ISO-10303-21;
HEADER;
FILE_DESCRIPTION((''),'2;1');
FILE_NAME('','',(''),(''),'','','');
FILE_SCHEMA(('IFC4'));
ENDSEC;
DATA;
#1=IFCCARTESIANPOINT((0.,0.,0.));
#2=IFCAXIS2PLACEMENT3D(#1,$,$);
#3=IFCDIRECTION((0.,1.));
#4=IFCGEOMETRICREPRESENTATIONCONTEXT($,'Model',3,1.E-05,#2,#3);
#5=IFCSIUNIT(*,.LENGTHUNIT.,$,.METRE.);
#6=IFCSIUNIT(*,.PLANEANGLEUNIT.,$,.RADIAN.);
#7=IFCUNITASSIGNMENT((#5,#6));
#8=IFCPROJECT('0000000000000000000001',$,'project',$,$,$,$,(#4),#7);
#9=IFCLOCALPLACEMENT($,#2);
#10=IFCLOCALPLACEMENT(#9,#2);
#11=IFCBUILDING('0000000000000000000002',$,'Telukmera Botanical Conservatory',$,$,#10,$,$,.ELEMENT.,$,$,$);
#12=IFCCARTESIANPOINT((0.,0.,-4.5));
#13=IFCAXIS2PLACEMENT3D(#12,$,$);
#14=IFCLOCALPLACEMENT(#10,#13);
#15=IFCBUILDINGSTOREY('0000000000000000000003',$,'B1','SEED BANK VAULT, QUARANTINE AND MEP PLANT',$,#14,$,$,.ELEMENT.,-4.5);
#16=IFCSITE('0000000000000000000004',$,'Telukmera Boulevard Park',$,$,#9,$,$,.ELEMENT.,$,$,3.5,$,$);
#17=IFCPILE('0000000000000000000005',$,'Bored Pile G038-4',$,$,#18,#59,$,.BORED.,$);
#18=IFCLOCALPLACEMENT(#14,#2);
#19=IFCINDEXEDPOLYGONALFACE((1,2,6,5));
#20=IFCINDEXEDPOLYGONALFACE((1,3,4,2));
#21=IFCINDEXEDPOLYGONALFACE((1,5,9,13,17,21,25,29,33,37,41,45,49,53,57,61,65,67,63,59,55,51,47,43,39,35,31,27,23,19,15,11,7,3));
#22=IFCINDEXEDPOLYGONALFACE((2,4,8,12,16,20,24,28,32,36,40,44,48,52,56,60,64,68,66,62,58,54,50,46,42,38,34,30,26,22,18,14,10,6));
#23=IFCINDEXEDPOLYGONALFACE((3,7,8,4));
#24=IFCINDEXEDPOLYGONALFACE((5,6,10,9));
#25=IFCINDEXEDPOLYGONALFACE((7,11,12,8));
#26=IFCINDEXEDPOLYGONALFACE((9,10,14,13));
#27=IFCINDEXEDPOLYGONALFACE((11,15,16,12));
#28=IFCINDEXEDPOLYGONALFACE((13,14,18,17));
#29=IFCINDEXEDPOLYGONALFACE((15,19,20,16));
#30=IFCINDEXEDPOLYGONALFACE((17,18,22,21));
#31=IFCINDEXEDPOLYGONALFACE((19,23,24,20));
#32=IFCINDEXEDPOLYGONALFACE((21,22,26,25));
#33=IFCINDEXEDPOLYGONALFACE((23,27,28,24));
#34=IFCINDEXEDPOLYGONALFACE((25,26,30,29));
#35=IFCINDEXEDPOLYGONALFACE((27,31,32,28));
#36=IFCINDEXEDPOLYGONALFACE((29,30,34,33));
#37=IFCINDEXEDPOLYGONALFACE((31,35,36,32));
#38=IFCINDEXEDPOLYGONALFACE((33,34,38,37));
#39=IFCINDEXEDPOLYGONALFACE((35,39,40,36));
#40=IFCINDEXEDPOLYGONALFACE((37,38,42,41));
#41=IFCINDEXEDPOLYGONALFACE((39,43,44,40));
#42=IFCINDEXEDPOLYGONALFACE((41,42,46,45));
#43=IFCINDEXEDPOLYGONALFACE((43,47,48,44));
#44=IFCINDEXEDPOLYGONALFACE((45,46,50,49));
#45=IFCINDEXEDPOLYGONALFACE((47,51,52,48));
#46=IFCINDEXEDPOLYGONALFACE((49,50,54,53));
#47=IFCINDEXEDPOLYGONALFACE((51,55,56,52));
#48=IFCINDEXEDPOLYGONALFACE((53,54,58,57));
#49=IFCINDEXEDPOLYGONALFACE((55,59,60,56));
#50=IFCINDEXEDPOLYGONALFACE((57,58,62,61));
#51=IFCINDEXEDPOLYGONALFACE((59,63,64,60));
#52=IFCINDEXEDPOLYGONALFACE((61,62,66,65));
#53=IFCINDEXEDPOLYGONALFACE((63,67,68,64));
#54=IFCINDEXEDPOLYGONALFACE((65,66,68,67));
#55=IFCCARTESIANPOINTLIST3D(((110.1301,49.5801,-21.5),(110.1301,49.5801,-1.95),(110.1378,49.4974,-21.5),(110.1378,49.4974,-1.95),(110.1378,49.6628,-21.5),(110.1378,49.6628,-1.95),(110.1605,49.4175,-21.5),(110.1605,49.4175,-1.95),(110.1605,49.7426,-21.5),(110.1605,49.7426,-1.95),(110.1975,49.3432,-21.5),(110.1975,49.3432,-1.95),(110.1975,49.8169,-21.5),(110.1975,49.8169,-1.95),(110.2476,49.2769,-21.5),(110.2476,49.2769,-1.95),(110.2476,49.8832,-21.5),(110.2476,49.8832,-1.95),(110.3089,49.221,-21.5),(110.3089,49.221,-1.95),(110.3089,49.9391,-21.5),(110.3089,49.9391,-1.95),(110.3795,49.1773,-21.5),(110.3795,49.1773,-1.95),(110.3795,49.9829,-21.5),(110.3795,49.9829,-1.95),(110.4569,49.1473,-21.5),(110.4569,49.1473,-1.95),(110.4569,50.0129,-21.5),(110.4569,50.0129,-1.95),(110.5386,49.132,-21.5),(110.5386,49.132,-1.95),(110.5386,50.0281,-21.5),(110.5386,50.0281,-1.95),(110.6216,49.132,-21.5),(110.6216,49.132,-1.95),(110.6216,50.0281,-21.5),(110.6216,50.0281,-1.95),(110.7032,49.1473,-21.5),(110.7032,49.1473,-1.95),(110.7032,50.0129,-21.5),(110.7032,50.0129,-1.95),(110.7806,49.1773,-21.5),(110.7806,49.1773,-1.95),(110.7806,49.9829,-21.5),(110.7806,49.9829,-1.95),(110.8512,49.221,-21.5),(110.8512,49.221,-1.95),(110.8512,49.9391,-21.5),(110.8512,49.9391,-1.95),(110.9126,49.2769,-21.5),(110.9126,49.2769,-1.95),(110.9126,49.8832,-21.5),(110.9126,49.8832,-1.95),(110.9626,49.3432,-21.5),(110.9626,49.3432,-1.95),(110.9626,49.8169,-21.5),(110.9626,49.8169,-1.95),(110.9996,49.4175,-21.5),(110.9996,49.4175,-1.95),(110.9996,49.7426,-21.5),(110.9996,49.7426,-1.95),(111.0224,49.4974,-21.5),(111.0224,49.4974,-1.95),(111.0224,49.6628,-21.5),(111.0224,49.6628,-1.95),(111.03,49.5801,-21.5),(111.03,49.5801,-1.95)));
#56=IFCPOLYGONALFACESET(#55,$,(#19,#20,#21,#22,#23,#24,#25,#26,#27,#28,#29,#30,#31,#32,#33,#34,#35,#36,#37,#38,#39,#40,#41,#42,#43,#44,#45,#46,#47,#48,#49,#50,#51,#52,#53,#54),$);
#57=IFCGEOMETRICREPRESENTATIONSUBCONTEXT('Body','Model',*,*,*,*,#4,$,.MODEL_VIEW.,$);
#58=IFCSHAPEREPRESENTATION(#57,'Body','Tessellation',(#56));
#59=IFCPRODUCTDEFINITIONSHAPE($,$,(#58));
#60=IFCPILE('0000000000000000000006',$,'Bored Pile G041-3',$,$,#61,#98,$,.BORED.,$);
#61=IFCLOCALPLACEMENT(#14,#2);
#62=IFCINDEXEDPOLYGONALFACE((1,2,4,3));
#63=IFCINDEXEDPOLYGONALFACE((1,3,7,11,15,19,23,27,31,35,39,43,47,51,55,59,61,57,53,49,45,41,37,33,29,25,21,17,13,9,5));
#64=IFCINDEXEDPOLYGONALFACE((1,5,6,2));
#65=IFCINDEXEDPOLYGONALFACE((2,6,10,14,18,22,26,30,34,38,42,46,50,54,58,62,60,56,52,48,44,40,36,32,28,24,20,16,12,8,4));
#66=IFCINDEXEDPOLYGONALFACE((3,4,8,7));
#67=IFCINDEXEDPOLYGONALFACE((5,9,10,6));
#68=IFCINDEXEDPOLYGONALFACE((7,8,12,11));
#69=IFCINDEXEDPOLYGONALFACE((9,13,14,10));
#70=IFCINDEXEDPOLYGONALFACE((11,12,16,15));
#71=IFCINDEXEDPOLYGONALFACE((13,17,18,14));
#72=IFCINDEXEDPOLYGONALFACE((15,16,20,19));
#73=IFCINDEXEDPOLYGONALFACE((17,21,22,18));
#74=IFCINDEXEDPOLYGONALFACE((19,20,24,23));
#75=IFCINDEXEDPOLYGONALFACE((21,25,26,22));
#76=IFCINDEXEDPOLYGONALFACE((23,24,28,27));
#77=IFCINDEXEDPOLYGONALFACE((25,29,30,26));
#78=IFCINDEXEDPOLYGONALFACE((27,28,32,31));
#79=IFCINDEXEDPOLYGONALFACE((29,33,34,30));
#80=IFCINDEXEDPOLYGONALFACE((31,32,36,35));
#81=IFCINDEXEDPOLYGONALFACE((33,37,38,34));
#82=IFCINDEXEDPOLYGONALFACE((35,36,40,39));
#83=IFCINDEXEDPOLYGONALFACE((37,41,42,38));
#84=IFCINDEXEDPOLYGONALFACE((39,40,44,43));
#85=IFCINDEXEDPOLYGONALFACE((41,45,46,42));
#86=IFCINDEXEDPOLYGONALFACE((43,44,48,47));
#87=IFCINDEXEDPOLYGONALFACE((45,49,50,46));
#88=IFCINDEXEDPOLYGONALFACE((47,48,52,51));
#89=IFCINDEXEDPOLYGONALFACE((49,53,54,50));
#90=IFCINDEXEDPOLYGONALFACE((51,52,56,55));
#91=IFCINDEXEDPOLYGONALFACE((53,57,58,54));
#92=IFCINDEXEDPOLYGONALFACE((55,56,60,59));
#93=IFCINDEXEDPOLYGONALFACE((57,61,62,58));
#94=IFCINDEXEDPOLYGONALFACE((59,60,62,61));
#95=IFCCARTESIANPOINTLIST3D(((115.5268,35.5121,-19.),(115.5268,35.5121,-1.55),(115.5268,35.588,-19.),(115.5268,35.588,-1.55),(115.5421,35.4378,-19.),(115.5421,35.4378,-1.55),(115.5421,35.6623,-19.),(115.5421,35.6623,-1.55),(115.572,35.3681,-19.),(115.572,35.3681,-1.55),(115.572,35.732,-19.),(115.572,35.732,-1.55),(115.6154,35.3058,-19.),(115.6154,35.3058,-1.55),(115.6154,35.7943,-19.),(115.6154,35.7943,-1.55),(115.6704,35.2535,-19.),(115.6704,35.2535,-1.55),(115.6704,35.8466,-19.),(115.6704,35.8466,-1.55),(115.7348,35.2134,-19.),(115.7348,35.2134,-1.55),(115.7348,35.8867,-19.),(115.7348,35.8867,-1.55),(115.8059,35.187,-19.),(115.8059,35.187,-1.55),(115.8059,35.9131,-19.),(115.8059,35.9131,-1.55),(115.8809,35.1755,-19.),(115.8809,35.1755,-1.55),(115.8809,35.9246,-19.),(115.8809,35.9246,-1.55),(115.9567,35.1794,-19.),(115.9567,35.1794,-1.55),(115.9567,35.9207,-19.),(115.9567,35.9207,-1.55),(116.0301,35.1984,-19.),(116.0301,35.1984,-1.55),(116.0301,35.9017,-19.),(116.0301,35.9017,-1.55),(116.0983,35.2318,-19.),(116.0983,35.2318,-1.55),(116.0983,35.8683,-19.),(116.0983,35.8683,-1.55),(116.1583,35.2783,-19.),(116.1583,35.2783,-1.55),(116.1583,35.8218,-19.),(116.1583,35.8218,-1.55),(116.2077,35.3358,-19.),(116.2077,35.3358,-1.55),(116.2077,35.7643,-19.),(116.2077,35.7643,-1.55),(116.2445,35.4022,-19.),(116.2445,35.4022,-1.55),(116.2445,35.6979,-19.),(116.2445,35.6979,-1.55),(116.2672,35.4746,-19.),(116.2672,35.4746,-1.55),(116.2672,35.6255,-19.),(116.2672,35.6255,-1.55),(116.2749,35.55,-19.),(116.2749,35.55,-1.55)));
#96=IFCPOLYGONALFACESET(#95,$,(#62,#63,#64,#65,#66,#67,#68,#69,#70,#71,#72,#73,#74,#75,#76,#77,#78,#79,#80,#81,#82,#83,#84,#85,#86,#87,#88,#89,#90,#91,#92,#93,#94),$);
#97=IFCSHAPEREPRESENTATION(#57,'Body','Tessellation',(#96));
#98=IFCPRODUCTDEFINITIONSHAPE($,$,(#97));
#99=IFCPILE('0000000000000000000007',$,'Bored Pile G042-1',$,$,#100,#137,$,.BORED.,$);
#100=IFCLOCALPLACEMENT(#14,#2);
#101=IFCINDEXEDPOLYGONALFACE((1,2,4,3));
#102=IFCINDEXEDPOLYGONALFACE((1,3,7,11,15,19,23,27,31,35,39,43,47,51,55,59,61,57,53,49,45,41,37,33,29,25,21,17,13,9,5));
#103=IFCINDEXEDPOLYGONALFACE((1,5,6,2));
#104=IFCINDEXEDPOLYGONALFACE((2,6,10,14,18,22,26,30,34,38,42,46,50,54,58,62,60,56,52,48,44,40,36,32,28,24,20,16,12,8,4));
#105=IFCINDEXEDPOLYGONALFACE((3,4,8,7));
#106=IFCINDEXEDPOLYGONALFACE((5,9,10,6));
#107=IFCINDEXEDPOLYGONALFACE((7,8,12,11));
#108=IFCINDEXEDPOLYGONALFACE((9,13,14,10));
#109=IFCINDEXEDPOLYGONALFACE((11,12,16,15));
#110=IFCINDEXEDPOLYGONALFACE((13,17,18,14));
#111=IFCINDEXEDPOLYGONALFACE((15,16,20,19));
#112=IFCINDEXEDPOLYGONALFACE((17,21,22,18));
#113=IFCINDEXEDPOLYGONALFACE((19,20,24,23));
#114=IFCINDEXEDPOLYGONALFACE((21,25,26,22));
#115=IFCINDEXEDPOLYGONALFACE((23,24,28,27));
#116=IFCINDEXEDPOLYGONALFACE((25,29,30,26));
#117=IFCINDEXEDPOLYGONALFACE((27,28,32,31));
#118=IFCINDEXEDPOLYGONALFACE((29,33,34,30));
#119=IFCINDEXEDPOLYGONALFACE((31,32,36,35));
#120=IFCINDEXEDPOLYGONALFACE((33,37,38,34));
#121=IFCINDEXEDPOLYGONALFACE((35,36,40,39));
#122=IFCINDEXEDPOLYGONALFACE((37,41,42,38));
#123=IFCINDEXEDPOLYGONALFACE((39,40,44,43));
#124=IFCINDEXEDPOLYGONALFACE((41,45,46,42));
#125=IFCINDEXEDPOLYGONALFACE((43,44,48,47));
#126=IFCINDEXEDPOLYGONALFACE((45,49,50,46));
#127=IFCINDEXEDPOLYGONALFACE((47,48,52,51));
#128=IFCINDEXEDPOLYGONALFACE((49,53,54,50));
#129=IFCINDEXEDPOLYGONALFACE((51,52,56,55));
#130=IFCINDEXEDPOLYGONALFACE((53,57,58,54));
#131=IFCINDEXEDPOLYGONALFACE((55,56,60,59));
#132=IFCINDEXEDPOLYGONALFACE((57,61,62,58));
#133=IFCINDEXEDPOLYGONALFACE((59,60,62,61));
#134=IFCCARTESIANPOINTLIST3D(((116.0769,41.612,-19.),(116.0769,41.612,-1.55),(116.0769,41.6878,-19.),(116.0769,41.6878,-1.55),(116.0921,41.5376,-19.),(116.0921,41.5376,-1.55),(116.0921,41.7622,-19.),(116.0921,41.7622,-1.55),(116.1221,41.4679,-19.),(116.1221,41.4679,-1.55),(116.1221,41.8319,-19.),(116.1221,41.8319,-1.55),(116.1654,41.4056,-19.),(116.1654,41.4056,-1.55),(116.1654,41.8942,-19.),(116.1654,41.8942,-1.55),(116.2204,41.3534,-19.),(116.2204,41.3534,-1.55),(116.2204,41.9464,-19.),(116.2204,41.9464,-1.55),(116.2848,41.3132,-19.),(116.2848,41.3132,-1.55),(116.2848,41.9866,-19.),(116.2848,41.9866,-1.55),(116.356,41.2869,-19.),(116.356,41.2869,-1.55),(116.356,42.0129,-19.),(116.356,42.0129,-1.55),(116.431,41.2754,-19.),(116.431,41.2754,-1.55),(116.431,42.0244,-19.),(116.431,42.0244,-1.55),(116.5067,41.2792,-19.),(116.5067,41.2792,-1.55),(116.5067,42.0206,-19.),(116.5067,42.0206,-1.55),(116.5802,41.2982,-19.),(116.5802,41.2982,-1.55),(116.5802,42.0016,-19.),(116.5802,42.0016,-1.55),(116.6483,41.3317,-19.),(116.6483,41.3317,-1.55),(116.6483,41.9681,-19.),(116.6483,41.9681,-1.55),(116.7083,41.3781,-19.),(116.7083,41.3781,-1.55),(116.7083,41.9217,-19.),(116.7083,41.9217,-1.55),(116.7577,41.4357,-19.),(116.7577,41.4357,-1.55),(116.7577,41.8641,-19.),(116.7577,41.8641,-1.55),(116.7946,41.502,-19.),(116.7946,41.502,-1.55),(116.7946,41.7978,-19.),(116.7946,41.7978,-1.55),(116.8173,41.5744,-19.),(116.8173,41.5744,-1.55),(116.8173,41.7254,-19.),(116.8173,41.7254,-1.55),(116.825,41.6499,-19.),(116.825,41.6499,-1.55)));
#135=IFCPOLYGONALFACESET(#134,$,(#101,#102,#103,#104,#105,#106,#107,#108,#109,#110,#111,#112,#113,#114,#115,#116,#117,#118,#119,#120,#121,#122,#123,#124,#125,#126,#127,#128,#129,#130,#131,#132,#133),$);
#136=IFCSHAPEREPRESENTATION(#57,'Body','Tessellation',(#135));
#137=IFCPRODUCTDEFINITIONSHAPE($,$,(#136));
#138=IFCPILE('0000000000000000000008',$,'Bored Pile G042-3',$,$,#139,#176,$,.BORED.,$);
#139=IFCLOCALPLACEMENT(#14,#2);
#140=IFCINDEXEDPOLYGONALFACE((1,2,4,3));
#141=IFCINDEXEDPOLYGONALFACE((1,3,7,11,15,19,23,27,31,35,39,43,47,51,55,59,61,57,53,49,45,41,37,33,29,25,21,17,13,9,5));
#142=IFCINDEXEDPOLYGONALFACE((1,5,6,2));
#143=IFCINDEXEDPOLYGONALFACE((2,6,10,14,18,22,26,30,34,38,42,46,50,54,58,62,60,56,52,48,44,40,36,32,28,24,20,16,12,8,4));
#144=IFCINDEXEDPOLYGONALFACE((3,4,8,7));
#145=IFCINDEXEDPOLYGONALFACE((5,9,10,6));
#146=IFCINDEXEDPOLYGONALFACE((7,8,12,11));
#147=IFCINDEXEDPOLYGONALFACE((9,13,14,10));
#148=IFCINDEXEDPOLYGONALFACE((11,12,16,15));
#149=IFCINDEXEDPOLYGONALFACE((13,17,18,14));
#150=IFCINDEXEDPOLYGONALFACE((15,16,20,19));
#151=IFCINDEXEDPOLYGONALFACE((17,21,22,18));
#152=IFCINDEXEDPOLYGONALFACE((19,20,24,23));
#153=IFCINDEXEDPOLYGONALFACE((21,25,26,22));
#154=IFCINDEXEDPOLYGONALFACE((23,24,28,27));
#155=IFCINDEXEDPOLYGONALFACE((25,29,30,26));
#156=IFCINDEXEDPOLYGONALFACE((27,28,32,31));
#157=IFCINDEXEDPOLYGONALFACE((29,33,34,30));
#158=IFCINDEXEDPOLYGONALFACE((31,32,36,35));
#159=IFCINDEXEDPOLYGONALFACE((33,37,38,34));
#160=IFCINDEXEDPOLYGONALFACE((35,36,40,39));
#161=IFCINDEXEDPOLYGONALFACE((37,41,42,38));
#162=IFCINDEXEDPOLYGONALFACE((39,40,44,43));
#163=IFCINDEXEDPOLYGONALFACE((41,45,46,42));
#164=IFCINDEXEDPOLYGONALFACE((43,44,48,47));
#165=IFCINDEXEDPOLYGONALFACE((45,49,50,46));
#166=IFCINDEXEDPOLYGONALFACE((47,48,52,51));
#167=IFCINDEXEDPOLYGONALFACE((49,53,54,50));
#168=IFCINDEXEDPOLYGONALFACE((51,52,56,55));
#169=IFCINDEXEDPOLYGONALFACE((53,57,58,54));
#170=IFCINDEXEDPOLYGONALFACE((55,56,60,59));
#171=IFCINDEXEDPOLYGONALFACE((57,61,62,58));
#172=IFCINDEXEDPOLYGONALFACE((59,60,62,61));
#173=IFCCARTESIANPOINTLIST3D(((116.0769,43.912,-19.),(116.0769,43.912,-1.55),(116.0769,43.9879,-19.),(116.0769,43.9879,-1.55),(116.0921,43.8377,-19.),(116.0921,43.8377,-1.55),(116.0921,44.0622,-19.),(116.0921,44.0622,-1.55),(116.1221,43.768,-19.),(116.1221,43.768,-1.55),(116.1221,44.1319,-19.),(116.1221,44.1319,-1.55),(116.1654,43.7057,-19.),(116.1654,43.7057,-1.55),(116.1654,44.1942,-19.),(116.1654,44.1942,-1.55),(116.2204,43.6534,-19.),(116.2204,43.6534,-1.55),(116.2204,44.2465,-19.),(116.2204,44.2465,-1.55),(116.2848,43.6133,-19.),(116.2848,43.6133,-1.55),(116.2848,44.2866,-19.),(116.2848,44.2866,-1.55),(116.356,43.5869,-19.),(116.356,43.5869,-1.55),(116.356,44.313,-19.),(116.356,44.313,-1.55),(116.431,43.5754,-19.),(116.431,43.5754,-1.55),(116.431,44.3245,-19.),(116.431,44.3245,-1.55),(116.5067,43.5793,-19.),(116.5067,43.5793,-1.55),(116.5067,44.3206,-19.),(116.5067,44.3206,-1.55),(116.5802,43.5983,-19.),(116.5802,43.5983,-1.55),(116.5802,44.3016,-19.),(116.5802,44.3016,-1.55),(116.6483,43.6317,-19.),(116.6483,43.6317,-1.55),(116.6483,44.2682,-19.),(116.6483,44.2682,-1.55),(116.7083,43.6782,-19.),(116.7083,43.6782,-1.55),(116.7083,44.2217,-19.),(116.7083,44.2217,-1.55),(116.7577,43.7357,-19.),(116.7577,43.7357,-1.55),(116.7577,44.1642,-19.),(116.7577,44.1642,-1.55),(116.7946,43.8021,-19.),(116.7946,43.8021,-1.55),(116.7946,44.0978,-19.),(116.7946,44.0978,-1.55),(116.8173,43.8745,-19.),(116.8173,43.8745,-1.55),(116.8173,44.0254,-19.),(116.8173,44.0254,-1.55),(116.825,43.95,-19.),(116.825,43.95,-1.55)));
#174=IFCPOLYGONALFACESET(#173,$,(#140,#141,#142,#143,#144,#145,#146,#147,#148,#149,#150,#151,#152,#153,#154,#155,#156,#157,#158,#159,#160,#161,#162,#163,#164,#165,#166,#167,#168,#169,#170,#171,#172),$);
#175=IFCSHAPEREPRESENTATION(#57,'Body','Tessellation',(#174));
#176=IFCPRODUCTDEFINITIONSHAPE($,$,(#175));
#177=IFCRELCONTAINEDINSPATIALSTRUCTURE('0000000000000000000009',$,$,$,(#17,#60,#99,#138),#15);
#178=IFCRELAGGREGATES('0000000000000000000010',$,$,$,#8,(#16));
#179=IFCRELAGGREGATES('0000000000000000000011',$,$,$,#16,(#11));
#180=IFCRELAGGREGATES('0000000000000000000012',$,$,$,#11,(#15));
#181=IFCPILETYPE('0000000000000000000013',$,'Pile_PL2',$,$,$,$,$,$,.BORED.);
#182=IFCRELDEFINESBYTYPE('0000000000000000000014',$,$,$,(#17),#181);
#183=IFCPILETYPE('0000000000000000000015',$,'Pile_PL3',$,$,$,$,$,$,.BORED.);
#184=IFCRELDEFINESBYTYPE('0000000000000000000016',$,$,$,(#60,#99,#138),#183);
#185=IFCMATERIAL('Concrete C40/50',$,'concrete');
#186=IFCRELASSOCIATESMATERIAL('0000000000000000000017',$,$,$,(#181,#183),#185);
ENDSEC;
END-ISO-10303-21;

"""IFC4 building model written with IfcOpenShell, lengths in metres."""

from ifc_helpers import new_model, si_unit, direction, frame, origin, origin_2d, place, context, subcontext, project, spatial, circle, extrude, material, material_profile, profile_set, type_object, element, save


model = new_model("IFC4")

# Units and contexts
model_context = context("Model", 3, precision=1e-05, world=origin(), true_north=direction((0.0, 1.0)))
body_context = subcontext(model_context, "Body", "Model", "MODEL_VIEW")
ifc_project = project(units=[si_unit("LENGTHUNIT", "METRE"), si_unit("PLANEANGLEUNIT", "RADIAN")], contexts=[model_context])

# Site, building, storey
site_placement = place(None, origin())
site = spatial("IfcSite", under=ifc_project, at=site_placement, Name="Telukmera Boulevard Park", CompositionType="ELEMENT", RefElevation=3.5)
building_placement = place(site_placement, origin())
building = spatial("IfcBuilding", under=site, at=building_placement, Name="Telukmera Botanical Conservatory", CompositionType="ELEMENT")
storey_placement = place(building_placement, frame((0.0, 0.0, -4.5)))
storey = spatial("IfcBuildingStorey", under=building, at=storey_placement, Name="B1", Description="SEED BANK VAULT, QUARANTINE AND MEP PLANT", CompositionType="ELEMENT", Elevation=-4.5)

# Shared definitions
ifc_material_1 = material(Name="Concrete C40/50", Category="concrete")

# Piles
ifc_material_profile_1 = material_profile(ifc_material_1, circle(Radius=0.45, at=origin_2d()), Name="PILE D900")
ifc_profile_set_1 = profile_set([ifc_material_profile_1], Name="Concrete C40/50")
pile_type_1 = type_object("IfcPileType", Name="Pile_PL2", PredefinedType="BORED", material=ifc_profile_set_1)
for number, where, z_axis, x_axis, name in (
    (1, (110.5801, 49.5801, -1.95), (0.0, 0.0, -1.0), (1.0, 0.0, 0.0), "Bored Pile G038-4"),
):
    element("IfcPile", number, at=place(storey_placement, frame(where, z_axis=z_axis, x_axis=x_axis)), inside=storey, type_object=pile_type_1, Name=name, PredefinedType="BORED", context=body_context, shape_type="SweptSolid", body=[
        extrude(circle(Radius=0.45, at=origin_2d()), origin(), (0.0, 0.0, 1.0), 19.55),
    ])
ifc_material_profile_2 = material_profile(ifc_material_1, circle(Radius=0.375, at=origin_2d()), Name="PILE D750")
ifc_profile_set_2 = profile_set([ifc_material_profile_2], Name="Concrete C40/50")
pile_type_2 = type_object("IfcPileType", Name="Pile_PL3", PredefinedType="BORED", material=ifc_profile_set_2)
for number, where, z_axis, x_axis, name in (
    (2, (115.8999, 35.55, -1.55), (0.0, 0.0, -1.0), (1.0, 0.0, 0.0), "Bored Pile G041-3"),
    (3, (116.45, 41.6499, -1.55), (0.0, 0.0, -1.0), (1.0, 0.0, 0.0), "Bored Pile G042-1"),
    (4, (116.45, 43.95, -1.55), (0.0, 0.0, -1.0), (1.0, 0.0, 0.0), "Bored Pile G042-3"),
):
    element("IfcPile", number, at=place(storey_placement, frame(where, z_axis=z_axis, x_axis=x_axis)), inside=storey, type_object=pile_type_2, Name=name, PredefinedType="BORED", context=body_context, shape_type="SweptSolid", body=[
        extrude(circle(Radius=0.375, at=origin_2d()), origin(), (0.0, 0.0, 1.0), 17.45),
    ])

save(model, "model.ifc")
